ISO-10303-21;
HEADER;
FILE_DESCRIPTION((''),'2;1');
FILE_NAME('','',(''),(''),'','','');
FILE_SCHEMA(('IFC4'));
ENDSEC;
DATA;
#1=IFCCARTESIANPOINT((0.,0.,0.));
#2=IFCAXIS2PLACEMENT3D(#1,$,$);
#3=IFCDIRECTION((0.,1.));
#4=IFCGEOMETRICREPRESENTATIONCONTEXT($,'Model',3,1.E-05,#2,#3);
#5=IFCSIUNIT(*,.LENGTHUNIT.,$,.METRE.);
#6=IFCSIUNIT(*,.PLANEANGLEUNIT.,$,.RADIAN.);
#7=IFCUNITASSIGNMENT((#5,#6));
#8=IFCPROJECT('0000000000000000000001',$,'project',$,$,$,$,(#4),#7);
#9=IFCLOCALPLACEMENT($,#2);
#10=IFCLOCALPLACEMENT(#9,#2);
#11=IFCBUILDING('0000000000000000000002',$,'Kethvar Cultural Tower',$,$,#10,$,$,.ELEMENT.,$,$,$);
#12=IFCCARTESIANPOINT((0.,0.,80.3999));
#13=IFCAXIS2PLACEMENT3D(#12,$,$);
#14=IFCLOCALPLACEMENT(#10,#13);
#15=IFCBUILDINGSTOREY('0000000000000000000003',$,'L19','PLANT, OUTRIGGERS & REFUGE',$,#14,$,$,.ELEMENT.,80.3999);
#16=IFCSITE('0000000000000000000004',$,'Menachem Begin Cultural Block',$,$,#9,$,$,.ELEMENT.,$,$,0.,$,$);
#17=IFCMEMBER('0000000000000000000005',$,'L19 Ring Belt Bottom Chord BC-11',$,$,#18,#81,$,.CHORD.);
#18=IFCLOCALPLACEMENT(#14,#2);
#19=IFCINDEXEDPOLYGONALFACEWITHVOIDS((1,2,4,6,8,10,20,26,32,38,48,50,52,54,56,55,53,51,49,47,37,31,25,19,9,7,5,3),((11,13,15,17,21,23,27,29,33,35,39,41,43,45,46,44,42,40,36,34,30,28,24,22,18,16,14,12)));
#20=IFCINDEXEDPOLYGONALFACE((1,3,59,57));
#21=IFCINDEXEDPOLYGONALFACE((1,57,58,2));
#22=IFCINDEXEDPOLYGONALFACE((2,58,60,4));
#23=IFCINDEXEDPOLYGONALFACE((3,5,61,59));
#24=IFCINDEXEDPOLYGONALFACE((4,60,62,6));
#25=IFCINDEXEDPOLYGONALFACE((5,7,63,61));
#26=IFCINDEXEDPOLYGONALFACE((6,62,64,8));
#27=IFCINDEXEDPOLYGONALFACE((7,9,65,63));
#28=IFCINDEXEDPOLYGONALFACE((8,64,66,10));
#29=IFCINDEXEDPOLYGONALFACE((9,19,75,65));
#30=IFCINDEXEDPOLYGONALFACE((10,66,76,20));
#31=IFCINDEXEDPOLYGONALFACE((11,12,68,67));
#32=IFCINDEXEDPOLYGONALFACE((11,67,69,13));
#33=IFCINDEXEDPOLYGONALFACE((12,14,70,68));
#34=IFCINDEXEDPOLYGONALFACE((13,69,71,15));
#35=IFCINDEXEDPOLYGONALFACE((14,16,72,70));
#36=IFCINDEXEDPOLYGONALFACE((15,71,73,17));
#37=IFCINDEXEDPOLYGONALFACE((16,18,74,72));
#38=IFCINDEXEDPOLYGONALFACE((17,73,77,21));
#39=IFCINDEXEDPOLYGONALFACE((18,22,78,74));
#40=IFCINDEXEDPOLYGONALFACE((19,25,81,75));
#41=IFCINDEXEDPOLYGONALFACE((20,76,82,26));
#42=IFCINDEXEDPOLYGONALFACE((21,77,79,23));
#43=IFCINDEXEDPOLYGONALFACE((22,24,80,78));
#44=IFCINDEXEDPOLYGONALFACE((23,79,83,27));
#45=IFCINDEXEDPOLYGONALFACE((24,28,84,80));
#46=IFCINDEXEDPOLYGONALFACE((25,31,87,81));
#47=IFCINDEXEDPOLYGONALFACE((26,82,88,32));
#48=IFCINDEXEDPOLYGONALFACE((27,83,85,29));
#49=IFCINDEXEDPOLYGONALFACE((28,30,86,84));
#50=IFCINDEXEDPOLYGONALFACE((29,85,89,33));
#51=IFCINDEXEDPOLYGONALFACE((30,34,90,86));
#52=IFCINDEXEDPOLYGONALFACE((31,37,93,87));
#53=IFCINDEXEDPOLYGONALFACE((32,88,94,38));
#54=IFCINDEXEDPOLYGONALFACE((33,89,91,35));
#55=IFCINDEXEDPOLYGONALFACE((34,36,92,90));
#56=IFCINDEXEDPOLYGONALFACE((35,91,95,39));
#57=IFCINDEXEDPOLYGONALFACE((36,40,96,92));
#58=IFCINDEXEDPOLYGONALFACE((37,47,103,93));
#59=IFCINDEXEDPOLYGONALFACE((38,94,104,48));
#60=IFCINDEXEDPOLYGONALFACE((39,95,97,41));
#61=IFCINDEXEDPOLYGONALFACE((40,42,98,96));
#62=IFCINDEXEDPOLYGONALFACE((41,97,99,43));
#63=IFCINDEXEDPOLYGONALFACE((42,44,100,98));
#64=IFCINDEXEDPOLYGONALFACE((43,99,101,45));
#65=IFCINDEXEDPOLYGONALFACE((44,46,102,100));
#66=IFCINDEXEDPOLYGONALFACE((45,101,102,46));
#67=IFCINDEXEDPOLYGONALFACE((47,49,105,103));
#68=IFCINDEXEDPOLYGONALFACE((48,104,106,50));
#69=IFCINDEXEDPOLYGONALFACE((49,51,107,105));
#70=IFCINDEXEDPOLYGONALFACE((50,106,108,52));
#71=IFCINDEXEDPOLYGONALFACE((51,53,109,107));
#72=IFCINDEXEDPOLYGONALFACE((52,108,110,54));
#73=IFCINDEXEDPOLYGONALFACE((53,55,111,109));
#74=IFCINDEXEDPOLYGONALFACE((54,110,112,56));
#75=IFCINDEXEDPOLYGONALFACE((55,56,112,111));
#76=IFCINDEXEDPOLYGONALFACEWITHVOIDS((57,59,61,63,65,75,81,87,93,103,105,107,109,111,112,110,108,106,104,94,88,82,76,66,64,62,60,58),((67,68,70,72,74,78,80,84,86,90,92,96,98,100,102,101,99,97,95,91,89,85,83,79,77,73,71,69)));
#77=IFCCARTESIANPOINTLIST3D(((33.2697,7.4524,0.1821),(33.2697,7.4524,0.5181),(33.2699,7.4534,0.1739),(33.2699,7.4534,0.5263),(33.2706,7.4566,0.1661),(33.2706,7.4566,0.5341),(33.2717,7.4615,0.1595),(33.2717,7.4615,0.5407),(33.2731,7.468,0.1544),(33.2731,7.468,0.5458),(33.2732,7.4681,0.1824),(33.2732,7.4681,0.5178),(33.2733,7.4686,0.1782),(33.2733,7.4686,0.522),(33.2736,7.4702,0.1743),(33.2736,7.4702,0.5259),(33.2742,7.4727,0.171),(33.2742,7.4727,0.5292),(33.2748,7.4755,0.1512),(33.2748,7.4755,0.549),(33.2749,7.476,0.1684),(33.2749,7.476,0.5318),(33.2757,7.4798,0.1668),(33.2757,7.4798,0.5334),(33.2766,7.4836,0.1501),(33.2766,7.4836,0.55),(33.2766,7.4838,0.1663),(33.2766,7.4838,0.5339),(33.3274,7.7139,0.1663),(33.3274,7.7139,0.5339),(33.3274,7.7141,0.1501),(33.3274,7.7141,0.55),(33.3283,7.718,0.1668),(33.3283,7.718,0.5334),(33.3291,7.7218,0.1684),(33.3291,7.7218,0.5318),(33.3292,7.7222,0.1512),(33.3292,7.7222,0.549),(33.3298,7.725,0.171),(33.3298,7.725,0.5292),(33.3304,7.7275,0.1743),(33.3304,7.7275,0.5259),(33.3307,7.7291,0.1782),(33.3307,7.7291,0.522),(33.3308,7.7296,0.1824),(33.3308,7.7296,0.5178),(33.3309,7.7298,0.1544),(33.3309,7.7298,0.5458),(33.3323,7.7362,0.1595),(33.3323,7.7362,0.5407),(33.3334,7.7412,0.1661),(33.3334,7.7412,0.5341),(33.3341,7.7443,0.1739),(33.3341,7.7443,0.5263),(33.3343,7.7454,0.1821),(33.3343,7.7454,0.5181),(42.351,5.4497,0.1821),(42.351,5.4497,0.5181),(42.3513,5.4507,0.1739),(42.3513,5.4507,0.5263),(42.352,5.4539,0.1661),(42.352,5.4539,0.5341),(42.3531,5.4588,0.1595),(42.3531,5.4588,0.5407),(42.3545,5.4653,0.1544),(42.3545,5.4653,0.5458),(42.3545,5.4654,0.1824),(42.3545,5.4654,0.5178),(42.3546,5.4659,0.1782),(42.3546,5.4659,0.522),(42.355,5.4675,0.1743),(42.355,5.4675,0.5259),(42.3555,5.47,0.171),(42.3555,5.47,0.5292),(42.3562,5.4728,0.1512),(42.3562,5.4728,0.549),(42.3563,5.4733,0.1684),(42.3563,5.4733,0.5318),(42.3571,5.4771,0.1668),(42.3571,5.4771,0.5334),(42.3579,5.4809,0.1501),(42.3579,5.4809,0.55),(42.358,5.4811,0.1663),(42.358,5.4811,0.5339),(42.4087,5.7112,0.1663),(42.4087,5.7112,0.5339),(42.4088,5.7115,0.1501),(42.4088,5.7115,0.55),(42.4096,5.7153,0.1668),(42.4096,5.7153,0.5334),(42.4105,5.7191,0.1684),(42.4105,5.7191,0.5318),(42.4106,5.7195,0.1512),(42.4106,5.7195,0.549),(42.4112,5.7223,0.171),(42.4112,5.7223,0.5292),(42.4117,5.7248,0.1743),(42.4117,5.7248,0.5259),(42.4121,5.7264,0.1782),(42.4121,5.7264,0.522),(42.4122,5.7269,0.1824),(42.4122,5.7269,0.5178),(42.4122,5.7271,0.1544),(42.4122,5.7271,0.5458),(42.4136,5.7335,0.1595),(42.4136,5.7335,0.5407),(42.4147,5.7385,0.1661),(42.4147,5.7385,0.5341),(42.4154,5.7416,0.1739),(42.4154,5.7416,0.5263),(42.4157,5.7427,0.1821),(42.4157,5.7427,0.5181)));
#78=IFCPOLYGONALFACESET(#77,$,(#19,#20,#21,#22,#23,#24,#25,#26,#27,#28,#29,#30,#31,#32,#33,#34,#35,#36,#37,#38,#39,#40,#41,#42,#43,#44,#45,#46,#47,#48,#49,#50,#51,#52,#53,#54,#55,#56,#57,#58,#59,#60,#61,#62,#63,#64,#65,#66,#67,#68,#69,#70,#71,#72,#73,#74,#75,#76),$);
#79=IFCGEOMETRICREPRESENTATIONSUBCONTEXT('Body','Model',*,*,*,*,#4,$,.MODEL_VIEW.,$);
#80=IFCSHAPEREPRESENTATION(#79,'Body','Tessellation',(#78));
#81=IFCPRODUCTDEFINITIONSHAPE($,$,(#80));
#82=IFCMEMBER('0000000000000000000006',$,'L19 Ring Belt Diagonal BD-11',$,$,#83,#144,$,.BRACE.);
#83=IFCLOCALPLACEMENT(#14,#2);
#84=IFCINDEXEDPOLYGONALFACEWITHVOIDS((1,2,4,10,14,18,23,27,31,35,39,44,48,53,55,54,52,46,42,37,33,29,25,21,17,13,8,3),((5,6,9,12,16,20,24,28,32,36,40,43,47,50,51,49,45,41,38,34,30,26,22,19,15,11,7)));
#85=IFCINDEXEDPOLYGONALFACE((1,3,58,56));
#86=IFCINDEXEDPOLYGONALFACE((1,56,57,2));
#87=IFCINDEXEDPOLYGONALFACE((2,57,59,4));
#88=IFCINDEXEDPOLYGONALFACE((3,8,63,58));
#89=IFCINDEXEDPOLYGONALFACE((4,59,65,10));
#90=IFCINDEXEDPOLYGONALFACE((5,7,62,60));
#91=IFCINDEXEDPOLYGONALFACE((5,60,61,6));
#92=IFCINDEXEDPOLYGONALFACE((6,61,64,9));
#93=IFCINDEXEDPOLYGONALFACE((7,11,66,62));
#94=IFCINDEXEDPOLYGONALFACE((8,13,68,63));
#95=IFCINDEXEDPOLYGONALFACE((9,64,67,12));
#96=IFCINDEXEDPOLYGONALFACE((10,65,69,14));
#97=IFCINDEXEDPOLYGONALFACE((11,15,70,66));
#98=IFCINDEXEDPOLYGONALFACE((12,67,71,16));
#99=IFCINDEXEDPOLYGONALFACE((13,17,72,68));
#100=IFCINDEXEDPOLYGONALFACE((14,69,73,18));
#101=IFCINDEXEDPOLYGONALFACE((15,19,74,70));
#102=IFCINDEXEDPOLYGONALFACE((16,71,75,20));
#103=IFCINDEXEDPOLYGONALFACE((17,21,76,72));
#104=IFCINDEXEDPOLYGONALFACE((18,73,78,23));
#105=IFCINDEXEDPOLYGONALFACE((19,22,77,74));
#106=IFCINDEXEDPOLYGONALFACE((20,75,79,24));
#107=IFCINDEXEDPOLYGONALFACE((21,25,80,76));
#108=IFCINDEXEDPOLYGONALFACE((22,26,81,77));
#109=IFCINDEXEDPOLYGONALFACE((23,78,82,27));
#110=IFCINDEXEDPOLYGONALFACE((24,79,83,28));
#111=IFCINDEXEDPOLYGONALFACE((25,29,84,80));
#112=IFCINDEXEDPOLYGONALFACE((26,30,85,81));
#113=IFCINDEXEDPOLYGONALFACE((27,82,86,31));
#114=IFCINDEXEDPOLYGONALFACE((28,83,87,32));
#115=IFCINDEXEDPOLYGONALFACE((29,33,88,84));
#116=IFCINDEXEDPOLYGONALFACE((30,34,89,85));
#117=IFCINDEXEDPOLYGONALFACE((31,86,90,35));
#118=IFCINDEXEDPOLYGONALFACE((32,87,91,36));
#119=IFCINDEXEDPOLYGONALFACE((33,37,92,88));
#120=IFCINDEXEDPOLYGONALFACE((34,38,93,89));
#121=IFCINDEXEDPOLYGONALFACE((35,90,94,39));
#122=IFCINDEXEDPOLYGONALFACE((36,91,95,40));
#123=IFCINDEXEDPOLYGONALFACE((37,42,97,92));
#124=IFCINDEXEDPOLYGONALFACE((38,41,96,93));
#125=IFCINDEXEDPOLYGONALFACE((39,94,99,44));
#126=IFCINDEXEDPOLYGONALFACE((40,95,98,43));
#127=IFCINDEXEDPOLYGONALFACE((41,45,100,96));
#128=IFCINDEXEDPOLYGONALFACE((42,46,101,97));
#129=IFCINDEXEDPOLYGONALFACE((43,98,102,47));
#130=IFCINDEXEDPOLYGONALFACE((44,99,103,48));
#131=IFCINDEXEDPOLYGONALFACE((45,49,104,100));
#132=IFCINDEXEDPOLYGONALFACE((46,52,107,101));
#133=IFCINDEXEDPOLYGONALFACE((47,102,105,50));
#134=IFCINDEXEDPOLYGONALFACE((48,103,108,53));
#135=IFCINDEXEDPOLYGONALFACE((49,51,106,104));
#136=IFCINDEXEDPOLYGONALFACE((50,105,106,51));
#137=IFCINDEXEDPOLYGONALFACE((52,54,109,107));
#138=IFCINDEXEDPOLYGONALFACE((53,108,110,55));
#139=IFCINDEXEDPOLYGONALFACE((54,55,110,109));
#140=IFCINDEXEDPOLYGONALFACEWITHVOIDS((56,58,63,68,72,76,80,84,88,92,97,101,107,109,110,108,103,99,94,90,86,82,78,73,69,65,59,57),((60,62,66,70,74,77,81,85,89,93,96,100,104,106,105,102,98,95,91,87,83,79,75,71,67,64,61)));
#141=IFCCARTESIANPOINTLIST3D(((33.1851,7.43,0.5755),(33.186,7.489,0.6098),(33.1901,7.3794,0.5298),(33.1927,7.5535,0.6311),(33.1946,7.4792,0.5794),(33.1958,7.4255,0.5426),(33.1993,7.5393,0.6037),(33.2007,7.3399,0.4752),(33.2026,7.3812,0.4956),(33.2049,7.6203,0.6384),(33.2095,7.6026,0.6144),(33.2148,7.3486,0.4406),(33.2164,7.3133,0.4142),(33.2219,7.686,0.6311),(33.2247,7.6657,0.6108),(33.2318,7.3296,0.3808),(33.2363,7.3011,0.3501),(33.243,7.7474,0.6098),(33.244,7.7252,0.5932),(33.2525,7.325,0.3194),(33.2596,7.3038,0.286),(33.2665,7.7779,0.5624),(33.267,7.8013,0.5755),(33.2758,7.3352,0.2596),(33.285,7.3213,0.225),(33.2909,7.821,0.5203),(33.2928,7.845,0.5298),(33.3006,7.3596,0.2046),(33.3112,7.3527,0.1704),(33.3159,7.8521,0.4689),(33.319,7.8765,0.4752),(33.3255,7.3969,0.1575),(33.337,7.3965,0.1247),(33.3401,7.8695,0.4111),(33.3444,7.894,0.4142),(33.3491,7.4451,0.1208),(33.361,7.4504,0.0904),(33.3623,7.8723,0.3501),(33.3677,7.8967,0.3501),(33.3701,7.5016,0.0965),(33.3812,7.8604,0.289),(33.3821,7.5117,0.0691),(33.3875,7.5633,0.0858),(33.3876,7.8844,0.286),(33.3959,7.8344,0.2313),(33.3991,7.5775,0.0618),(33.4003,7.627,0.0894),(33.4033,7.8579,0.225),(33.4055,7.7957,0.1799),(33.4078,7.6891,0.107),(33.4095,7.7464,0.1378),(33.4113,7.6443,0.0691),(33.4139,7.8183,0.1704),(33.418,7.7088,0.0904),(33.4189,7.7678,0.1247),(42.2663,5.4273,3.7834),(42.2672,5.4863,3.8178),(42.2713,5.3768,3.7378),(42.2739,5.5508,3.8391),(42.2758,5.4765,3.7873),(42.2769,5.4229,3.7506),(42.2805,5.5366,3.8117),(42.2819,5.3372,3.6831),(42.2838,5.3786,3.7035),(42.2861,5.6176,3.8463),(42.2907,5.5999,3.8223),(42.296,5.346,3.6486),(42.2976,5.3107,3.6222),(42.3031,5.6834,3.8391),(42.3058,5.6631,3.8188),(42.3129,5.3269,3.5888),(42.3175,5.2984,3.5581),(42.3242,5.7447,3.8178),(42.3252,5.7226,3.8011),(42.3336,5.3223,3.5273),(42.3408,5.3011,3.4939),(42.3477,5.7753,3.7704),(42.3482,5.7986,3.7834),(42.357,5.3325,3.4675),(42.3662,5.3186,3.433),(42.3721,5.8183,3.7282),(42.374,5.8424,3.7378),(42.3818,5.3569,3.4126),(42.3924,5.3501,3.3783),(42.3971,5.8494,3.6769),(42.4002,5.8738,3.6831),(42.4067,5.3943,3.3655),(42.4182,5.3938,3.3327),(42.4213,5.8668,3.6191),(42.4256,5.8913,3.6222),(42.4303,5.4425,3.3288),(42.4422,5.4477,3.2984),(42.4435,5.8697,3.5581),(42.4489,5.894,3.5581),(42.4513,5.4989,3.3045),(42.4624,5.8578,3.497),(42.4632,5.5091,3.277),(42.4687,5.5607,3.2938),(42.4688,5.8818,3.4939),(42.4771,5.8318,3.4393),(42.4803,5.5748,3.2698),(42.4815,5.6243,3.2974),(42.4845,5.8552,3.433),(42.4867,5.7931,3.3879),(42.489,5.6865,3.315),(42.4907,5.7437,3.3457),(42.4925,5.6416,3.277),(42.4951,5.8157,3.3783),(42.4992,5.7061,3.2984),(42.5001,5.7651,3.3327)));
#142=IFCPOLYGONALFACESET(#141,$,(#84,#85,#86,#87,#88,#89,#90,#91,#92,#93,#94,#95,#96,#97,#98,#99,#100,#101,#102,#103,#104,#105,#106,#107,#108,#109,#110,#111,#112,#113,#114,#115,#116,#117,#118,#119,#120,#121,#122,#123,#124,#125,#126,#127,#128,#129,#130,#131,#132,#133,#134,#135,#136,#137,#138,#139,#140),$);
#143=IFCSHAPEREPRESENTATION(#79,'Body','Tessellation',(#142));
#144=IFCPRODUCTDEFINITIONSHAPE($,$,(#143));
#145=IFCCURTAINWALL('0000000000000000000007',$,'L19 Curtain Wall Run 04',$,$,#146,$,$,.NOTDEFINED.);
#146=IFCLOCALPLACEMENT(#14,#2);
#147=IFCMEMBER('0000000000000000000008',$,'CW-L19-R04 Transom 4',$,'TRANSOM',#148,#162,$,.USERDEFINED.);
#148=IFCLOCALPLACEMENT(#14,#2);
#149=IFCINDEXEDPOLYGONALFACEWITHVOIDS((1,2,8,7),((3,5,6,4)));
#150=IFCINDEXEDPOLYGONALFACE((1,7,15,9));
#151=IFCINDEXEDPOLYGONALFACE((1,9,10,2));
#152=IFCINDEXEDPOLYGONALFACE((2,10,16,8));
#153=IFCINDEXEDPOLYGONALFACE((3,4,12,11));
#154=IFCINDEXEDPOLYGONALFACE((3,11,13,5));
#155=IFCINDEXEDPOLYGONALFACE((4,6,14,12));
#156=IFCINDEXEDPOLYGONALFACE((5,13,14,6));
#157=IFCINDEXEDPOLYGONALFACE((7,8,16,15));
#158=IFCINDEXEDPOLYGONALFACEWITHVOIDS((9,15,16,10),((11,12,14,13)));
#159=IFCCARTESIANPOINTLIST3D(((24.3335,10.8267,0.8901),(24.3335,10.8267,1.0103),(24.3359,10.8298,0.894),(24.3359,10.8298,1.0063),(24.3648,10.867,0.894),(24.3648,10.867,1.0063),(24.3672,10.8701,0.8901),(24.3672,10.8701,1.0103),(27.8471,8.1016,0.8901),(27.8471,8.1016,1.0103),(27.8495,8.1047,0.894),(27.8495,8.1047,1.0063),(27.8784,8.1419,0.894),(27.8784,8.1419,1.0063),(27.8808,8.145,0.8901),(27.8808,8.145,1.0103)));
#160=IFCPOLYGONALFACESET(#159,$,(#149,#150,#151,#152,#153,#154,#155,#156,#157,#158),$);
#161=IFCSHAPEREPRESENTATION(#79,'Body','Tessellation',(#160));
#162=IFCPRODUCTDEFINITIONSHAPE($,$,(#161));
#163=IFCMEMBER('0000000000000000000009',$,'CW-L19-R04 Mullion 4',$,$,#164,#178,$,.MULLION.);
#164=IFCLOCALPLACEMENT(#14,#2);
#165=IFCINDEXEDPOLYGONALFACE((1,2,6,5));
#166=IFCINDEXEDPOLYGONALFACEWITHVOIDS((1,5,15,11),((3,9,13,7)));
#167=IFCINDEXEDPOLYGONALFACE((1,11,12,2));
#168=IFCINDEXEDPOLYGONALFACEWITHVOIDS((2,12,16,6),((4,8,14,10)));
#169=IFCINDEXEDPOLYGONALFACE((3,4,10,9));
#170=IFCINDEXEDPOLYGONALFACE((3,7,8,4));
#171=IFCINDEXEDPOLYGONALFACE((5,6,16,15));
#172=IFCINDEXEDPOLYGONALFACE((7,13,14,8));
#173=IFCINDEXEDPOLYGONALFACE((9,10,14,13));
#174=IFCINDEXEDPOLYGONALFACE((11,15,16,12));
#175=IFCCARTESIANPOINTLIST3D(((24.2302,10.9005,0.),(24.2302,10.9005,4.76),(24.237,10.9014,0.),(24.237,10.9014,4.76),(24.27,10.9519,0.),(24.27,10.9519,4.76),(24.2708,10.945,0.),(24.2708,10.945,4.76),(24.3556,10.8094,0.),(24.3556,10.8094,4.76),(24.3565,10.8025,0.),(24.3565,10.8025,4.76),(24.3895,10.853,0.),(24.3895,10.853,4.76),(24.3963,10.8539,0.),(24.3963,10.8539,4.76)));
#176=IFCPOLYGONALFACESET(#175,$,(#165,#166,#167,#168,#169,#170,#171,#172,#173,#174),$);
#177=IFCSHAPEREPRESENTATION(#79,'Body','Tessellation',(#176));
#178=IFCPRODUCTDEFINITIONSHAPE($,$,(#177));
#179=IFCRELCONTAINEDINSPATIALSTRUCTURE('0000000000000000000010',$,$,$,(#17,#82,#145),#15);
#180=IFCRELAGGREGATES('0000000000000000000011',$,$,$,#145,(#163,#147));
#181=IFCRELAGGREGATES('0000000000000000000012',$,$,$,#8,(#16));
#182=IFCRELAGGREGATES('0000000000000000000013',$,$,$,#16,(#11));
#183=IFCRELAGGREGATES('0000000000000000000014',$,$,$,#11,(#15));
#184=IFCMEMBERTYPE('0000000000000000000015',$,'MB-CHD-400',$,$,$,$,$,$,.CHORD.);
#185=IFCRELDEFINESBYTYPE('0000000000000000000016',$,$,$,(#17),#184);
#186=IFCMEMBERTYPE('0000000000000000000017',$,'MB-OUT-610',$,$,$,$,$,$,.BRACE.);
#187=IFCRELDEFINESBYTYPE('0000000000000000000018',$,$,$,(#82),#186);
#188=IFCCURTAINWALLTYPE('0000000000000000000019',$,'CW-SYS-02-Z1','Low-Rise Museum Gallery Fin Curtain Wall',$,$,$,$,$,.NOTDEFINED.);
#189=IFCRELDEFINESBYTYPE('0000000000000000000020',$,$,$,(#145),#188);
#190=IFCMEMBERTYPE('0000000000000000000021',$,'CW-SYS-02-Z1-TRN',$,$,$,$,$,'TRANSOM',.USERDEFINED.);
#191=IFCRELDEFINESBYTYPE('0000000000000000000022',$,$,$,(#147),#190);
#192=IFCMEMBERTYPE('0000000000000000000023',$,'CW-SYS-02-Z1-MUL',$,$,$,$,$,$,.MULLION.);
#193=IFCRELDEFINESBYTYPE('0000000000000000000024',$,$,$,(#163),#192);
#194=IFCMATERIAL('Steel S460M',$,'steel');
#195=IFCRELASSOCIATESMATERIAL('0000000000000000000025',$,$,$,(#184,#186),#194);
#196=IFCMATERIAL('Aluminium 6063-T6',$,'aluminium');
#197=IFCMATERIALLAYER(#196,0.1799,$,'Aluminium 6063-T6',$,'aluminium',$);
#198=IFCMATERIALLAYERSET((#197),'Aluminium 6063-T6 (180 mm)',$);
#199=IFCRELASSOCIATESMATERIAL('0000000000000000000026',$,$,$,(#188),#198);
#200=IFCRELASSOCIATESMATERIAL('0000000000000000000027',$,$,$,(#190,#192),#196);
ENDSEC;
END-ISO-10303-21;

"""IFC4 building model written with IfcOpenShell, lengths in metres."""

from ifc_helpers import new_model, si_unit, direction, frame, origin, origin_2d, place, context, subcontext, project, spatial, hollow_rectangle, hollow_circle, extrude, source, transform, mapped, material, layer, layer_set, material_profile, profile_set, type_object, element, aggregate, save


model = new_model("IFC4")

# Units and contexts
model_context = context("Model", 3, precision=1e-05, world=origin(), true_north=direction((0.0, 1.0)))
body_context = subcontext(model_context, "Body", "Model", "MODEL_VIEW")
ifc_project = project(units=[si_unit("LENGTHUNIT", "METRE"), si_unit("PLANEANGLEUNIT", "RADIAN")], contexts=[model_context])

# Site, building, storey
site_placement = place(None, origin())
site = spatial("IfcSite", under=ifc_project, at=site_placement, Name="Menachem Begin Cultural Block", CompositionType="ELEMENT", RefElevation=0.0)
building_placement = place(site_placement, origin())
building = spatial("IfcBuilding", under=site, at=building_placement, Name="Kethvar Cultural Tower", CompositionType="ELEMENT")
storey_placement = place(building_placement, frame((0.0, 0.0, 80.3999)))
storey = spatial("IfcBuildingStorey", under=building, at=storey_placement, Name="L19", Description="PLANT, OUTRIGGERS & REFUGE", CompositionType="ELEMENT", Elevation=80.3999)

# Shared definitions
ifc_material_1 = material(Name="Steel S460M", Category="steel")

# Shared definitions
ifc_material_profile_1 = material_profile(ifc_material_1, hollow_rectangle(XDim=0.3, YDim=0.3999, WallThickness=0.0161, InnerFilletRadius=0.0161, OuterFilletRadius=0.032, at=origin_2d()), Name="Steel S460M — RHS400x300x16")
ifc_profile_set_1 = profile_set([ifc_material_profile_1], Name="Steel S460M — RHS400x300x16")
member_type_1 = type_object("IfcMemberType", Name="MB-CHD-400", PredefinedType="CHORD", material=ifc_profile_set_1)
ifc_material_profile_2 = material_profile(ifc_material_1, hollow_circle(Radius=0.3049, WallThickness=0.0249, at=origin_2d()), Name="Steel S460M — CHS610x25")
ifc_profile_set_2 = profile_set([ifc_material_profile_2], Name="Steel S460M — CHS610x25")
member_type_2 = type_object("IfcMemberType", Name="MB-OUT-610", PredefinedType="BRACE", material=ifc_profile_set_2)

# Members
shared_shape_1 = source(origin(), body_context, "Body", "SweptSolid", [
    extrude(hollow_rectangle(XDim=0.3, YDim=0.3999, WallThickness=0.0161, InnerFilletRadius=0.0161, OuterFilletRadius=0.032, at=origin_2d()), origin(), (0.0, 0.0, 1.0), 9.2996),
])
member_1_placement = place(storey_placement, frame((33.302, 7.5989, 0.3501), z_axis=(0.976536, -0.215354, 0.0), x_axis=(0.215354, 0.976536, 0.0)))
element("IfcMember", 1, at=member_1_placement, inside=storey, type_object=member_type_1, Name="L19 Ring Belt Bottom Chord BC-11", PredefinedType="CHORD", context=body_context, shape_type="MappedRepresentation", body=[
    mapped(shared_shape_1, transform((0.0, 0.0, 0.0), scale=1.0)),
])
shared_shape_2 = source(origin(), body_context, "Body", "SweptSolid", [
    extrude(hollow_circle(Radius=0.3049, WallThickness=0.0249, at=origin_2d()), origin(), (0.0, 0.0, 1.0), 9.8372),
])
member_2_placement = place(storey_placement, frame((33.302, 7.5989, 0.3501), z_axis=(0.923152, -0.203581, 0.326107), x_axis=(0.215354, 0.976536, 0.0)))
element("IfcMember", 2, at=member_2_placement, inside=storey, type_object=member_type_2, Name="L19 Ring Belt Diagonal BD-11", PredefinedType="BRACE", context=body_context, shape_type="MappedRepresentation", body=[
    mapped(shared_shape_2, transform((0.0, 0.0, 0.0), scale=1.0)),
])

# Curtain wall, members
ifc_material_2 = material(Name="Aluminium 6063-T6", Category="aluminium")
ifc_layer_1 = layer(ifc_material_2, 0.1799, Name="Aluminium 6063-T6", Category="aluminium")
ifc_layer_set_1 = layer_set([ifc_layer_1], Name="Aluminium 6063-T6 (180 mm)")
curtain_wall_type = type_object("IfcCurtainWallType", Name="CW-SYS-02-Z1", Description="Low-Rise Museum Gallery Fin Curtain Wall", PredefinedType="NOTDEFINED", material=ifc_layer_set_1)
curtain_wall_placement = place(storey_placement, origin())
curtain_wall = element("IfcCurtainWall", 3, at=curtain_wall_placement, inside=storey, type_object=curtain_wall_type, Name="L19 Curtain Wall Run 04", PredefinedType="NOTDEFINED")
ifc_material_profile_3 = material_profile(ifc_material_2, hollow_rectangle(XDim=0.0549, YDim=0.1201, WallThickness=0.0039, at=origin_2d()), Name="Aluminium 6063-T6 — RHS120x55x4")
ifc_profile_set_3 = profile_set([ifc_material_profile_3], Name="Aluminium 6063-T6 — RHS120x55x4")
member_type_3 = type_object("IfcMemberType", Name="CW-SYS-02-Z1-TRN", ElementType="TRANSOM", PredefinedType="USERDEFINED", material=ifc_profile_set_3)
shared_shape_3 = source(origin(), body_context, "Body", "SweptSolid", [
    extrude(hollow_rectangle(XDim=0.0549, YDim=0.1201, WallThickness=0.0039, at=origin_2d()), origin(), (0.0, 0.0, 1.0), 4.4465),
])
member_3_placement = place(storey_placement, frame((24.3503, 10.8484, 0.9502), z_axis=(0.790197, -0.612853, 0.0), x_axis=(0.612853, 0.790197, 0.0)))
member_3 = element("IfcMember", 4, at=member_3_placement, type_object=member_type_3, Name="CW-L19-R04 Transom 4", ObjectType="TRANSOM", PredefinedType="USERDEFINED", context=body_context, shape_type="MappedRepresentation", body=[
    mapped(shared_shape_3, transform((0.0, 0.0, 0.0), scale=1.0)),
])
ifc_material_profile_4 = material_profile(ifc_material_2, hollow_rectangle(XDim=0.0649, YDim=0.1599, WallThickness=0.0049, at=origin_2d()), Name="Aluminium 6063-T6 — RHS160x65x5")
ifc_profile_set_4 = profile_set([ifc_material_profile_4], Name="Aluminium 6063-T6 — RHS160x65x5")
member_type_4 = type_object("IfcMemberType", Name="CW-SYS-02-Z1-MUL", PredefinedType="MULLION", material=ifc_profile_set_4)
shared_shape_4 = source(origin(), body_context, "Body", "SweptSolid", [
    extrude(hollow_rectangle(XDim=0.0649, YDim=0.1599, WallThickness=0.0049, at=origin_2d()), origin(), (0.0, 0.0, 1.0), 4.76),
])
member_4_placement = place(storey_placement, frame((24.3132, 10.8772, 0.0), z_axis=(0.0, 0.0, 1.0), x_axis=(0.612879, 0.790176, 0.0)))
member_4 = element("IfcMember", 5, at=member_4_placement, type_object=member_type_4, Name="CW-L19-R04 Mullion 4", PredefinedType="MULLION", context=body_context, shape_type="MappedRepresentation", body=[
    mapped(shared_shape_4, transform((0.0, 0.0, 0.0), scale=1.0)),
])

aggregate(curtain_wall, [member_4, member_3])

save(model, "model.ifc")
